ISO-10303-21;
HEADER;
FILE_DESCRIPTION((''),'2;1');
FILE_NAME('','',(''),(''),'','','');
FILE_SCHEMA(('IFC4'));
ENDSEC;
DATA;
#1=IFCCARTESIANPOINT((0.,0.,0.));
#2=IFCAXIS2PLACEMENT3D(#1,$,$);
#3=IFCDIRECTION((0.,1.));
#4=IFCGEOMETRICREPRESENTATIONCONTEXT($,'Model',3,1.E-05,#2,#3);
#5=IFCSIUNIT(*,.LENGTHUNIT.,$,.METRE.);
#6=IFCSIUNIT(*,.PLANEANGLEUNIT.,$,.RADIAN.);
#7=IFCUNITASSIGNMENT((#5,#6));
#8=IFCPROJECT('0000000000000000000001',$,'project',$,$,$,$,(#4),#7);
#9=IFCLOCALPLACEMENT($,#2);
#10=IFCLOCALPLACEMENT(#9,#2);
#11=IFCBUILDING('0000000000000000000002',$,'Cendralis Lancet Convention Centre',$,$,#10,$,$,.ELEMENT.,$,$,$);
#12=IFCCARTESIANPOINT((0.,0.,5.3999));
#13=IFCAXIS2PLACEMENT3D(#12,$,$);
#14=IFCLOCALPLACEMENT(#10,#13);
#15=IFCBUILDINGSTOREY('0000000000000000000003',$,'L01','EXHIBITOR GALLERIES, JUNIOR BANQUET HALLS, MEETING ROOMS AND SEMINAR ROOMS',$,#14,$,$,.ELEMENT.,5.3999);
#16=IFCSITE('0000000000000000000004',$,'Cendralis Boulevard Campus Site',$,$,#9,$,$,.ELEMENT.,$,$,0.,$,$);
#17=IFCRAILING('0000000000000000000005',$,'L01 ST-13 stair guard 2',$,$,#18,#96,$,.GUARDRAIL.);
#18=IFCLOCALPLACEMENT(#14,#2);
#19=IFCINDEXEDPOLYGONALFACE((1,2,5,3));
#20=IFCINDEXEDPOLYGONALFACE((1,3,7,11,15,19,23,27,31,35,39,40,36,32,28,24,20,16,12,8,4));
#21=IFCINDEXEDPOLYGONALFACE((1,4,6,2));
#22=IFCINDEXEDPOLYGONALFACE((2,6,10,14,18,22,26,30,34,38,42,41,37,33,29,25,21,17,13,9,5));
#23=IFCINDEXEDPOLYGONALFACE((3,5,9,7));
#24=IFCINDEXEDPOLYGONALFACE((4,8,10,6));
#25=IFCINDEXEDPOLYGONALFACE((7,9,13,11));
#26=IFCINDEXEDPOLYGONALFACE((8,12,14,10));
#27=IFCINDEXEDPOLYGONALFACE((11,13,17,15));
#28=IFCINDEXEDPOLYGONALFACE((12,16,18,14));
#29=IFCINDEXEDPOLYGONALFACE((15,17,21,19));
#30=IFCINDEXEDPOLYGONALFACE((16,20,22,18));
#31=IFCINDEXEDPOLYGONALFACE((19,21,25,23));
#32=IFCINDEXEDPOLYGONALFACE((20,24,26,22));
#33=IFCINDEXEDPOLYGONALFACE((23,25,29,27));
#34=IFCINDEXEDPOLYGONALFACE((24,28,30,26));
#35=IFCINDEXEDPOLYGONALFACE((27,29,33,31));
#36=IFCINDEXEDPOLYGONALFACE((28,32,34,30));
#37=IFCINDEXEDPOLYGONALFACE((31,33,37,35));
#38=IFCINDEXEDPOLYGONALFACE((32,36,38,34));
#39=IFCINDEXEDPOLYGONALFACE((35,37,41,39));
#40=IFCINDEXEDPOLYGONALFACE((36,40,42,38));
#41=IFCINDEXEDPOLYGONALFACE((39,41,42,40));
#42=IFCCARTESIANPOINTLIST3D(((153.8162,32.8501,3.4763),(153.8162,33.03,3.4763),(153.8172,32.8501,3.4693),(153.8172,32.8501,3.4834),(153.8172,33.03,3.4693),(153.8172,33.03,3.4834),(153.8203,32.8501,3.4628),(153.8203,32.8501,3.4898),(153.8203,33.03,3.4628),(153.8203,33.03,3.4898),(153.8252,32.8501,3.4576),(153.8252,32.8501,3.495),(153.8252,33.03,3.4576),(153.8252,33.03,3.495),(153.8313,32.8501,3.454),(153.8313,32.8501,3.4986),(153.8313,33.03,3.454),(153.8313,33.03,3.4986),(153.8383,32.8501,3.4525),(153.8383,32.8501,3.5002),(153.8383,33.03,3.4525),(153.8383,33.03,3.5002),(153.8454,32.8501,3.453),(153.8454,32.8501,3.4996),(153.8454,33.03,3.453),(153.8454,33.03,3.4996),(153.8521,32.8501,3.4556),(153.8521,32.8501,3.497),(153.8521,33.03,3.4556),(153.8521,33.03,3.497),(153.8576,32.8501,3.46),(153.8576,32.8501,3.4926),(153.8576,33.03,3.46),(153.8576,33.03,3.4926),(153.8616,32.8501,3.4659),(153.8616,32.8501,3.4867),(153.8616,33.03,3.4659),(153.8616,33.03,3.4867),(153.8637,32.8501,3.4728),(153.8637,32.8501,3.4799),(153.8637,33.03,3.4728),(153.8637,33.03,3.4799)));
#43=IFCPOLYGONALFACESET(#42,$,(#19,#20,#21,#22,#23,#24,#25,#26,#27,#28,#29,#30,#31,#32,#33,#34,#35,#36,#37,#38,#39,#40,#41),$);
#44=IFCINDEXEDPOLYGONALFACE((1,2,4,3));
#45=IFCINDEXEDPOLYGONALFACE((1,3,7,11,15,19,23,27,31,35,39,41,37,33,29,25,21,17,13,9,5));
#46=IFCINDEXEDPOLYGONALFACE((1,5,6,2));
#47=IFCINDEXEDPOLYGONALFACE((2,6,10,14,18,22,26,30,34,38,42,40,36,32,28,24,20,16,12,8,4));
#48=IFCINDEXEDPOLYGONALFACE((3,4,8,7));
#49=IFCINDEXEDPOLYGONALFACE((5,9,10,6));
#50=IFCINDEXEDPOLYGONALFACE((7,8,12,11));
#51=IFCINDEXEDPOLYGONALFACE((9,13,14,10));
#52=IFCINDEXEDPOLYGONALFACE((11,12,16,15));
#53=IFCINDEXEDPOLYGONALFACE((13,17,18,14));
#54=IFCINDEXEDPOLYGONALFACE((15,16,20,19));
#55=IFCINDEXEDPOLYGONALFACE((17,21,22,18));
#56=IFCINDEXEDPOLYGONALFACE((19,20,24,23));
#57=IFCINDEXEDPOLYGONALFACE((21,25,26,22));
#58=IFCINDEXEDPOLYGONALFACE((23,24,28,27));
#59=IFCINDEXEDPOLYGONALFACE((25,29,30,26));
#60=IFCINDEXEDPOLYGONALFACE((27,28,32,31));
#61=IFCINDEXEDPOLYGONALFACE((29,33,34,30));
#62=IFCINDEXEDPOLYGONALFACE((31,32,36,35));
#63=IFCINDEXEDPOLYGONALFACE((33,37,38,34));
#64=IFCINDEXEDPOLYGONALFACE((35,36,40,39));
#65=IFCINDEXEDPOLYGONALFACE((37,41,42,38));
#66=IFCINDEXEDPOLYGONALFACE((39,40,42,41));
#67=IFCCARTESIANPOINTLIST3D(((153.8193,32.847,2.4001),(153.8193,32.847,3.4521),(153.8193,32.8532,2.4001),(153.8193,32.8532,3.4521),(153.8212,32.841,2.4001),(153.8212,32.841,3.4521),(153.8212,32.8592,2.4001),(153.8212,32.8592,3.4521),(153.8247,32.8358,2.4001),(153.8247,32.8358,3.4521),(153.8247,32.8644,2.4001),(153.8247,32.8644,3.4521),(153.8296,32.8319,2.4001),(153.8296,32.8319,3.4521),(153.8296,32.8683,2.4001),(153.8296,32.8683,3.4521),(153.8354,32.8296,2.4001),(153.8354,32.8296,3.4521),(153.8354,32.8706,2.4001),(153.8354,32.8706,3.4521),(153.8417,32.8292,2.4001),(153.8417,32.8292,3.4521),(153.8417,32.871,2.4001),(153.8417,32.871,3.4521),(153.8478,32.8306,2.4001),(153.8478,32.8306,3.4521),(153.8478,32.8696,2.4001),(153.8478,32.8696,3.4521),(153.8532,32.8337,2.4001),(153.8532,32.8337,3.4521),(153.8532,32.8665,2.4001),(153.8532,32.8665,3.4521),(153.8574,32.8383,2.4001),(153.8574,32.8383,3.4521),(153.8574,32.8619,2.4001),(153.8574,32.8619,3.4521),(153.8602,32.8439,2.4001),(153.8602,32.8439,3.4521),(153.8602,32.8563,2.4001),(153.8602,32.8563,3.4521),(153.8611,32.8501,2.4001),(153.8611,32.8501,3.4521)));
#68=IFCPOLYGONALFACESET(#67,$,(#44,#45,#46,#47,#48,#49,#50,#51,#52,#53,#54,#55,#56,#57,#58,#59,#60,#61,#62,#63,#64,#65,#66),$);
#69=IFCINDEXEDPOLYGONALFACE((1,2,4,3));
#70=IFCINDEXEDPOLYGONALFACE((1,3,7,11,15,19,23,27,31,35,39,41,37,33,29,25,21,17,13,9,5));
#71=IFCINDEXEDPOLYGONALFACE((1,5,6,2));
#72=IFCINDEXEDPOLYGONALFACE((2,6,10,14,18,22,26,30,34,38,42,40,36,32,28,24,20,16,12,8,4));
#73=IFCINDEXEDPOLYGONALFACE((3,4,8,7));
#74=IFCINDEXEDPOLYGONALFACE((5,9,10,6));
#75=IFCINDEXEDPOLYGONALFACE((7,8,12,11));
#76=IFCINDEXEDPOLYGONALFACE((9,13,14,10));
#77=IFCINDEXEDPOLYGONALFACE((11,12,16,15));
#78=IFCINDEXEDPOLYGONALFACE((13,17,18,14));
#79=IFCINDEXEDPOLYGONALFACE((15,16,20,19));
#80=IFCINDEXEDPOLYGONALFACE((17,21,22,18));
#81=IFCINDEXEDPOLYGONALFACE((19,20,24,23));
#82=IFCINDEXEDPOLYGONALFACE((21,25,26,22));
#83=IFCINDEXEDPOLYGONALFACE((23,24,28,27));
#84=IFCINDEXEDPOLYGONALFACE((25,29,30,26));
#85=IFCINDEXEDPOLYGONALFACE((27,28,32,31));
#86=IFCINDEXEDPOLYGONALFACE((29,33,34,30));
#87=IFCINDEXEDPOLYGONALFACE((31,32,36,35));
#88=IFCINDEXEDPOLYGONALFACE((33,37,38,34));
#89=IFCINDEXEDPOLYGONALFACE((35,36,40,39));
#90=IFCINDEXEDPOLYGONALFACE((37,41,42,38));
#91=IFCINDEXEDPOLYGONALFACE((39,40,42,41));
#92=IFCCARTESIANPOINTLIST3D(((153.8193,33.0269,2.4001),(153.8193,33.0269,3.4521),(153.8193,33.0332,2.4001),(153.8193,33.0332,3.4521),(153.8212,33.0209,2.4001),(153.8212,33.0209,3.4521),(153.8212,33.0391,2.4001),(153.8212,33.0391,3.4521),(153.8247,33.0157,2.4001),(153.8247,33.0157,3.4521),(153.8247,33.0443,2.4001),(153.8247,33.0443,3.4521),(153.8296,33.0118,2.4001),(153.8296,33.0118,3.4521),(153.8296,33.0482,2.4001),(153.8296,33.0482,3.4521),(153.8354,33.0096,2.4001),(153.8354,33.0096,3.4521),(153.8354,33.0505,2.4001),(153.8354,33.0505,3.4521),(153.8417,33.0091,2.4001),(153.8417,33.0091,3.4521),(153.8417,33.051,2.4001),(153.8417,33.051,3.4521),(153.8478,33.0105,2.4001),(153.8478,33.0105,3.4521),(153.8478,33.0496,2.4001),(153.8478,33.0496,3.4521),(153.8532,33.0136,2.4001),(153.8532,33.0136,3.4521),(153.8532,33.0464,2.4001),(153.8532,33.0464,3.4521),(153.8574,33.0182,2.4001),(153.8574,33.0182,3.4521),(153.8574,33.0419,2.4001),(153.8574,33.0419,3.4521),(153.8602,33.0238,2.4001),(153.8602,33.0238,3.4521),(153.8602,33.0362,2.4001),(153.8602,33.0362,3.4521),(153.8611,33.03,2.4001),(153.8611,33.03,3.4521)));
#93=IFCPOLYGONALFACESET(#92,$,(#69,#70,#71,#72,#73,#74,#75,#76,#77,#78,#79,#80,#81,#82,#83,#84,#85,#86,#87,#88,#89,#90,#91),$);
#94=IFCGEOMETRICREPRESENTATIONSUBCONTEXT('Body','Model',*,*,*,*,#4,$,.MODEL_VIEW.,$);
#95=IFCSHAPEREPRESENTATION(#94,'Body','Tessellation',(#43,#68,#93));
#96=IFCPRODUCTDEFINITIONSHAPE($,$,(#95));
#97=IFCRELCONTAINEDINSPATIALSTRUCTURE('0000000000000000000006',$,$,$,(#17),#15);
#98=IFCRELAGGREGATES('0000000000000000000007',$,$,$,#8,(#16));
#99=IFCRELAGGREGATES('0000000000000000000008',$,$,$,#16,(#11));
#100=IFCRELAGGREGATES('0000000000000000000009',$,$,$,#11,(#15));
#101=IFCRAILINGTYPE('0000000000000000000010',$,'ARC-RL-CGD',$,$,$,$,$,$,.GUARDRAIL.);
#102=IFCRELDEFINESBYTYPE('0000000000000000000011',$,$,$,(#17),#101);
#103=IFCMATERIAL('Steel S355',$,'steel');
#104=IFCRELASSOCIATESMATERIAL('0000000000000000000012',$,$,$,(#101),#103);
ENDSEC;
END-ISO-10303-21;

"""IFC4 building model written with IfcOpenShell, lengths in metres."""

from ifc_helpers import new_model, si_unit, direction, frame, origin, origin_2d, place, context, subcontext, project, spatial, circle, extrude, material, type_object, element, save


model = new_model("IFC4")

# Units and contexts
model_context = context("Model", 3, precision=1e-05, world=origin(), true_north=direction((0.0, 1.0)))
body_context = subcontext(model_context, "Body", "Model", "MODEL_VIEW")
ifc_project = project(units=[si_unit("LENGTHUNIT", "METRE"), si_unit("PLANEANGLEUNIT", "RADIAN")], contexts=[model_context])

# Site, building, storey
site_placement = place(None, origin())
site = spatial("IfcSite", under=ifc_project, at=site_placement, Name="Cendralis Boulevard Campus Site", CompositionType="ELEMENT", RefElevation=0.0)
building_placement = place(site_placement, origin())
building = spatial("IfcBuilding", under=site, at=building_placement, Name="Cendralis Lancet Convention Centre", CompositionType="ELEMENT")
storey_placement = place(building_placement, frame((0.0, 0.0, 5.3999)))
storey = spatial("IfcBuildingStorey", under=building, at=storey_placement, Name="L01", Description="EXHIBITOR GALLERIES, JUNIOR BANQUET HALLS, MEETING ROOMS AND SEMINAR ROOMS", CompositionType="ELEMENT", Elevation=5.3999)

# Shared definitions
ifc_material_1 = material(Name="Steel S355", Category="steel")

# Railing
railing_type_1 = type_object("IfcRailingType", Name="ARC-RL-CGD", PredefinedType="GUARDRAIL", material=ifc_material_1)
railing_1_placement = place(storey_placement, frame((153.8401, 32.8501, 2.4001)))
element("IfcRailing", 1, at=railing_1_placement, inside=storey, type_object=railing_type_1, Name="L01 ST-13 stair guard 2", PredefinedType="GUARDRAIL", context=body_context, shape_type="SweptSolid", body=[
    extrude(circle(Radius=0.0239, at=origin_2d()), frame((0.0, 0.0, 1.0762), z_axis=(0.0, 1.0, 0.0), x_axis=(-1.0, 0.0, 0.0)), (0.0, 0.0, 1.0), 0.1799),
    extrude(circle(Radius=0.021, at=origin_2d()), origin(), (0.0, 0.0, 1.0), 1.052),
    extrude(circle(Radius=0.021, at=origin_2d()), frame((0.0, 0.1799, 0.0)), (0.0, 0.0, 1.0), 1.052),
])

save(model, "model.ifc")
